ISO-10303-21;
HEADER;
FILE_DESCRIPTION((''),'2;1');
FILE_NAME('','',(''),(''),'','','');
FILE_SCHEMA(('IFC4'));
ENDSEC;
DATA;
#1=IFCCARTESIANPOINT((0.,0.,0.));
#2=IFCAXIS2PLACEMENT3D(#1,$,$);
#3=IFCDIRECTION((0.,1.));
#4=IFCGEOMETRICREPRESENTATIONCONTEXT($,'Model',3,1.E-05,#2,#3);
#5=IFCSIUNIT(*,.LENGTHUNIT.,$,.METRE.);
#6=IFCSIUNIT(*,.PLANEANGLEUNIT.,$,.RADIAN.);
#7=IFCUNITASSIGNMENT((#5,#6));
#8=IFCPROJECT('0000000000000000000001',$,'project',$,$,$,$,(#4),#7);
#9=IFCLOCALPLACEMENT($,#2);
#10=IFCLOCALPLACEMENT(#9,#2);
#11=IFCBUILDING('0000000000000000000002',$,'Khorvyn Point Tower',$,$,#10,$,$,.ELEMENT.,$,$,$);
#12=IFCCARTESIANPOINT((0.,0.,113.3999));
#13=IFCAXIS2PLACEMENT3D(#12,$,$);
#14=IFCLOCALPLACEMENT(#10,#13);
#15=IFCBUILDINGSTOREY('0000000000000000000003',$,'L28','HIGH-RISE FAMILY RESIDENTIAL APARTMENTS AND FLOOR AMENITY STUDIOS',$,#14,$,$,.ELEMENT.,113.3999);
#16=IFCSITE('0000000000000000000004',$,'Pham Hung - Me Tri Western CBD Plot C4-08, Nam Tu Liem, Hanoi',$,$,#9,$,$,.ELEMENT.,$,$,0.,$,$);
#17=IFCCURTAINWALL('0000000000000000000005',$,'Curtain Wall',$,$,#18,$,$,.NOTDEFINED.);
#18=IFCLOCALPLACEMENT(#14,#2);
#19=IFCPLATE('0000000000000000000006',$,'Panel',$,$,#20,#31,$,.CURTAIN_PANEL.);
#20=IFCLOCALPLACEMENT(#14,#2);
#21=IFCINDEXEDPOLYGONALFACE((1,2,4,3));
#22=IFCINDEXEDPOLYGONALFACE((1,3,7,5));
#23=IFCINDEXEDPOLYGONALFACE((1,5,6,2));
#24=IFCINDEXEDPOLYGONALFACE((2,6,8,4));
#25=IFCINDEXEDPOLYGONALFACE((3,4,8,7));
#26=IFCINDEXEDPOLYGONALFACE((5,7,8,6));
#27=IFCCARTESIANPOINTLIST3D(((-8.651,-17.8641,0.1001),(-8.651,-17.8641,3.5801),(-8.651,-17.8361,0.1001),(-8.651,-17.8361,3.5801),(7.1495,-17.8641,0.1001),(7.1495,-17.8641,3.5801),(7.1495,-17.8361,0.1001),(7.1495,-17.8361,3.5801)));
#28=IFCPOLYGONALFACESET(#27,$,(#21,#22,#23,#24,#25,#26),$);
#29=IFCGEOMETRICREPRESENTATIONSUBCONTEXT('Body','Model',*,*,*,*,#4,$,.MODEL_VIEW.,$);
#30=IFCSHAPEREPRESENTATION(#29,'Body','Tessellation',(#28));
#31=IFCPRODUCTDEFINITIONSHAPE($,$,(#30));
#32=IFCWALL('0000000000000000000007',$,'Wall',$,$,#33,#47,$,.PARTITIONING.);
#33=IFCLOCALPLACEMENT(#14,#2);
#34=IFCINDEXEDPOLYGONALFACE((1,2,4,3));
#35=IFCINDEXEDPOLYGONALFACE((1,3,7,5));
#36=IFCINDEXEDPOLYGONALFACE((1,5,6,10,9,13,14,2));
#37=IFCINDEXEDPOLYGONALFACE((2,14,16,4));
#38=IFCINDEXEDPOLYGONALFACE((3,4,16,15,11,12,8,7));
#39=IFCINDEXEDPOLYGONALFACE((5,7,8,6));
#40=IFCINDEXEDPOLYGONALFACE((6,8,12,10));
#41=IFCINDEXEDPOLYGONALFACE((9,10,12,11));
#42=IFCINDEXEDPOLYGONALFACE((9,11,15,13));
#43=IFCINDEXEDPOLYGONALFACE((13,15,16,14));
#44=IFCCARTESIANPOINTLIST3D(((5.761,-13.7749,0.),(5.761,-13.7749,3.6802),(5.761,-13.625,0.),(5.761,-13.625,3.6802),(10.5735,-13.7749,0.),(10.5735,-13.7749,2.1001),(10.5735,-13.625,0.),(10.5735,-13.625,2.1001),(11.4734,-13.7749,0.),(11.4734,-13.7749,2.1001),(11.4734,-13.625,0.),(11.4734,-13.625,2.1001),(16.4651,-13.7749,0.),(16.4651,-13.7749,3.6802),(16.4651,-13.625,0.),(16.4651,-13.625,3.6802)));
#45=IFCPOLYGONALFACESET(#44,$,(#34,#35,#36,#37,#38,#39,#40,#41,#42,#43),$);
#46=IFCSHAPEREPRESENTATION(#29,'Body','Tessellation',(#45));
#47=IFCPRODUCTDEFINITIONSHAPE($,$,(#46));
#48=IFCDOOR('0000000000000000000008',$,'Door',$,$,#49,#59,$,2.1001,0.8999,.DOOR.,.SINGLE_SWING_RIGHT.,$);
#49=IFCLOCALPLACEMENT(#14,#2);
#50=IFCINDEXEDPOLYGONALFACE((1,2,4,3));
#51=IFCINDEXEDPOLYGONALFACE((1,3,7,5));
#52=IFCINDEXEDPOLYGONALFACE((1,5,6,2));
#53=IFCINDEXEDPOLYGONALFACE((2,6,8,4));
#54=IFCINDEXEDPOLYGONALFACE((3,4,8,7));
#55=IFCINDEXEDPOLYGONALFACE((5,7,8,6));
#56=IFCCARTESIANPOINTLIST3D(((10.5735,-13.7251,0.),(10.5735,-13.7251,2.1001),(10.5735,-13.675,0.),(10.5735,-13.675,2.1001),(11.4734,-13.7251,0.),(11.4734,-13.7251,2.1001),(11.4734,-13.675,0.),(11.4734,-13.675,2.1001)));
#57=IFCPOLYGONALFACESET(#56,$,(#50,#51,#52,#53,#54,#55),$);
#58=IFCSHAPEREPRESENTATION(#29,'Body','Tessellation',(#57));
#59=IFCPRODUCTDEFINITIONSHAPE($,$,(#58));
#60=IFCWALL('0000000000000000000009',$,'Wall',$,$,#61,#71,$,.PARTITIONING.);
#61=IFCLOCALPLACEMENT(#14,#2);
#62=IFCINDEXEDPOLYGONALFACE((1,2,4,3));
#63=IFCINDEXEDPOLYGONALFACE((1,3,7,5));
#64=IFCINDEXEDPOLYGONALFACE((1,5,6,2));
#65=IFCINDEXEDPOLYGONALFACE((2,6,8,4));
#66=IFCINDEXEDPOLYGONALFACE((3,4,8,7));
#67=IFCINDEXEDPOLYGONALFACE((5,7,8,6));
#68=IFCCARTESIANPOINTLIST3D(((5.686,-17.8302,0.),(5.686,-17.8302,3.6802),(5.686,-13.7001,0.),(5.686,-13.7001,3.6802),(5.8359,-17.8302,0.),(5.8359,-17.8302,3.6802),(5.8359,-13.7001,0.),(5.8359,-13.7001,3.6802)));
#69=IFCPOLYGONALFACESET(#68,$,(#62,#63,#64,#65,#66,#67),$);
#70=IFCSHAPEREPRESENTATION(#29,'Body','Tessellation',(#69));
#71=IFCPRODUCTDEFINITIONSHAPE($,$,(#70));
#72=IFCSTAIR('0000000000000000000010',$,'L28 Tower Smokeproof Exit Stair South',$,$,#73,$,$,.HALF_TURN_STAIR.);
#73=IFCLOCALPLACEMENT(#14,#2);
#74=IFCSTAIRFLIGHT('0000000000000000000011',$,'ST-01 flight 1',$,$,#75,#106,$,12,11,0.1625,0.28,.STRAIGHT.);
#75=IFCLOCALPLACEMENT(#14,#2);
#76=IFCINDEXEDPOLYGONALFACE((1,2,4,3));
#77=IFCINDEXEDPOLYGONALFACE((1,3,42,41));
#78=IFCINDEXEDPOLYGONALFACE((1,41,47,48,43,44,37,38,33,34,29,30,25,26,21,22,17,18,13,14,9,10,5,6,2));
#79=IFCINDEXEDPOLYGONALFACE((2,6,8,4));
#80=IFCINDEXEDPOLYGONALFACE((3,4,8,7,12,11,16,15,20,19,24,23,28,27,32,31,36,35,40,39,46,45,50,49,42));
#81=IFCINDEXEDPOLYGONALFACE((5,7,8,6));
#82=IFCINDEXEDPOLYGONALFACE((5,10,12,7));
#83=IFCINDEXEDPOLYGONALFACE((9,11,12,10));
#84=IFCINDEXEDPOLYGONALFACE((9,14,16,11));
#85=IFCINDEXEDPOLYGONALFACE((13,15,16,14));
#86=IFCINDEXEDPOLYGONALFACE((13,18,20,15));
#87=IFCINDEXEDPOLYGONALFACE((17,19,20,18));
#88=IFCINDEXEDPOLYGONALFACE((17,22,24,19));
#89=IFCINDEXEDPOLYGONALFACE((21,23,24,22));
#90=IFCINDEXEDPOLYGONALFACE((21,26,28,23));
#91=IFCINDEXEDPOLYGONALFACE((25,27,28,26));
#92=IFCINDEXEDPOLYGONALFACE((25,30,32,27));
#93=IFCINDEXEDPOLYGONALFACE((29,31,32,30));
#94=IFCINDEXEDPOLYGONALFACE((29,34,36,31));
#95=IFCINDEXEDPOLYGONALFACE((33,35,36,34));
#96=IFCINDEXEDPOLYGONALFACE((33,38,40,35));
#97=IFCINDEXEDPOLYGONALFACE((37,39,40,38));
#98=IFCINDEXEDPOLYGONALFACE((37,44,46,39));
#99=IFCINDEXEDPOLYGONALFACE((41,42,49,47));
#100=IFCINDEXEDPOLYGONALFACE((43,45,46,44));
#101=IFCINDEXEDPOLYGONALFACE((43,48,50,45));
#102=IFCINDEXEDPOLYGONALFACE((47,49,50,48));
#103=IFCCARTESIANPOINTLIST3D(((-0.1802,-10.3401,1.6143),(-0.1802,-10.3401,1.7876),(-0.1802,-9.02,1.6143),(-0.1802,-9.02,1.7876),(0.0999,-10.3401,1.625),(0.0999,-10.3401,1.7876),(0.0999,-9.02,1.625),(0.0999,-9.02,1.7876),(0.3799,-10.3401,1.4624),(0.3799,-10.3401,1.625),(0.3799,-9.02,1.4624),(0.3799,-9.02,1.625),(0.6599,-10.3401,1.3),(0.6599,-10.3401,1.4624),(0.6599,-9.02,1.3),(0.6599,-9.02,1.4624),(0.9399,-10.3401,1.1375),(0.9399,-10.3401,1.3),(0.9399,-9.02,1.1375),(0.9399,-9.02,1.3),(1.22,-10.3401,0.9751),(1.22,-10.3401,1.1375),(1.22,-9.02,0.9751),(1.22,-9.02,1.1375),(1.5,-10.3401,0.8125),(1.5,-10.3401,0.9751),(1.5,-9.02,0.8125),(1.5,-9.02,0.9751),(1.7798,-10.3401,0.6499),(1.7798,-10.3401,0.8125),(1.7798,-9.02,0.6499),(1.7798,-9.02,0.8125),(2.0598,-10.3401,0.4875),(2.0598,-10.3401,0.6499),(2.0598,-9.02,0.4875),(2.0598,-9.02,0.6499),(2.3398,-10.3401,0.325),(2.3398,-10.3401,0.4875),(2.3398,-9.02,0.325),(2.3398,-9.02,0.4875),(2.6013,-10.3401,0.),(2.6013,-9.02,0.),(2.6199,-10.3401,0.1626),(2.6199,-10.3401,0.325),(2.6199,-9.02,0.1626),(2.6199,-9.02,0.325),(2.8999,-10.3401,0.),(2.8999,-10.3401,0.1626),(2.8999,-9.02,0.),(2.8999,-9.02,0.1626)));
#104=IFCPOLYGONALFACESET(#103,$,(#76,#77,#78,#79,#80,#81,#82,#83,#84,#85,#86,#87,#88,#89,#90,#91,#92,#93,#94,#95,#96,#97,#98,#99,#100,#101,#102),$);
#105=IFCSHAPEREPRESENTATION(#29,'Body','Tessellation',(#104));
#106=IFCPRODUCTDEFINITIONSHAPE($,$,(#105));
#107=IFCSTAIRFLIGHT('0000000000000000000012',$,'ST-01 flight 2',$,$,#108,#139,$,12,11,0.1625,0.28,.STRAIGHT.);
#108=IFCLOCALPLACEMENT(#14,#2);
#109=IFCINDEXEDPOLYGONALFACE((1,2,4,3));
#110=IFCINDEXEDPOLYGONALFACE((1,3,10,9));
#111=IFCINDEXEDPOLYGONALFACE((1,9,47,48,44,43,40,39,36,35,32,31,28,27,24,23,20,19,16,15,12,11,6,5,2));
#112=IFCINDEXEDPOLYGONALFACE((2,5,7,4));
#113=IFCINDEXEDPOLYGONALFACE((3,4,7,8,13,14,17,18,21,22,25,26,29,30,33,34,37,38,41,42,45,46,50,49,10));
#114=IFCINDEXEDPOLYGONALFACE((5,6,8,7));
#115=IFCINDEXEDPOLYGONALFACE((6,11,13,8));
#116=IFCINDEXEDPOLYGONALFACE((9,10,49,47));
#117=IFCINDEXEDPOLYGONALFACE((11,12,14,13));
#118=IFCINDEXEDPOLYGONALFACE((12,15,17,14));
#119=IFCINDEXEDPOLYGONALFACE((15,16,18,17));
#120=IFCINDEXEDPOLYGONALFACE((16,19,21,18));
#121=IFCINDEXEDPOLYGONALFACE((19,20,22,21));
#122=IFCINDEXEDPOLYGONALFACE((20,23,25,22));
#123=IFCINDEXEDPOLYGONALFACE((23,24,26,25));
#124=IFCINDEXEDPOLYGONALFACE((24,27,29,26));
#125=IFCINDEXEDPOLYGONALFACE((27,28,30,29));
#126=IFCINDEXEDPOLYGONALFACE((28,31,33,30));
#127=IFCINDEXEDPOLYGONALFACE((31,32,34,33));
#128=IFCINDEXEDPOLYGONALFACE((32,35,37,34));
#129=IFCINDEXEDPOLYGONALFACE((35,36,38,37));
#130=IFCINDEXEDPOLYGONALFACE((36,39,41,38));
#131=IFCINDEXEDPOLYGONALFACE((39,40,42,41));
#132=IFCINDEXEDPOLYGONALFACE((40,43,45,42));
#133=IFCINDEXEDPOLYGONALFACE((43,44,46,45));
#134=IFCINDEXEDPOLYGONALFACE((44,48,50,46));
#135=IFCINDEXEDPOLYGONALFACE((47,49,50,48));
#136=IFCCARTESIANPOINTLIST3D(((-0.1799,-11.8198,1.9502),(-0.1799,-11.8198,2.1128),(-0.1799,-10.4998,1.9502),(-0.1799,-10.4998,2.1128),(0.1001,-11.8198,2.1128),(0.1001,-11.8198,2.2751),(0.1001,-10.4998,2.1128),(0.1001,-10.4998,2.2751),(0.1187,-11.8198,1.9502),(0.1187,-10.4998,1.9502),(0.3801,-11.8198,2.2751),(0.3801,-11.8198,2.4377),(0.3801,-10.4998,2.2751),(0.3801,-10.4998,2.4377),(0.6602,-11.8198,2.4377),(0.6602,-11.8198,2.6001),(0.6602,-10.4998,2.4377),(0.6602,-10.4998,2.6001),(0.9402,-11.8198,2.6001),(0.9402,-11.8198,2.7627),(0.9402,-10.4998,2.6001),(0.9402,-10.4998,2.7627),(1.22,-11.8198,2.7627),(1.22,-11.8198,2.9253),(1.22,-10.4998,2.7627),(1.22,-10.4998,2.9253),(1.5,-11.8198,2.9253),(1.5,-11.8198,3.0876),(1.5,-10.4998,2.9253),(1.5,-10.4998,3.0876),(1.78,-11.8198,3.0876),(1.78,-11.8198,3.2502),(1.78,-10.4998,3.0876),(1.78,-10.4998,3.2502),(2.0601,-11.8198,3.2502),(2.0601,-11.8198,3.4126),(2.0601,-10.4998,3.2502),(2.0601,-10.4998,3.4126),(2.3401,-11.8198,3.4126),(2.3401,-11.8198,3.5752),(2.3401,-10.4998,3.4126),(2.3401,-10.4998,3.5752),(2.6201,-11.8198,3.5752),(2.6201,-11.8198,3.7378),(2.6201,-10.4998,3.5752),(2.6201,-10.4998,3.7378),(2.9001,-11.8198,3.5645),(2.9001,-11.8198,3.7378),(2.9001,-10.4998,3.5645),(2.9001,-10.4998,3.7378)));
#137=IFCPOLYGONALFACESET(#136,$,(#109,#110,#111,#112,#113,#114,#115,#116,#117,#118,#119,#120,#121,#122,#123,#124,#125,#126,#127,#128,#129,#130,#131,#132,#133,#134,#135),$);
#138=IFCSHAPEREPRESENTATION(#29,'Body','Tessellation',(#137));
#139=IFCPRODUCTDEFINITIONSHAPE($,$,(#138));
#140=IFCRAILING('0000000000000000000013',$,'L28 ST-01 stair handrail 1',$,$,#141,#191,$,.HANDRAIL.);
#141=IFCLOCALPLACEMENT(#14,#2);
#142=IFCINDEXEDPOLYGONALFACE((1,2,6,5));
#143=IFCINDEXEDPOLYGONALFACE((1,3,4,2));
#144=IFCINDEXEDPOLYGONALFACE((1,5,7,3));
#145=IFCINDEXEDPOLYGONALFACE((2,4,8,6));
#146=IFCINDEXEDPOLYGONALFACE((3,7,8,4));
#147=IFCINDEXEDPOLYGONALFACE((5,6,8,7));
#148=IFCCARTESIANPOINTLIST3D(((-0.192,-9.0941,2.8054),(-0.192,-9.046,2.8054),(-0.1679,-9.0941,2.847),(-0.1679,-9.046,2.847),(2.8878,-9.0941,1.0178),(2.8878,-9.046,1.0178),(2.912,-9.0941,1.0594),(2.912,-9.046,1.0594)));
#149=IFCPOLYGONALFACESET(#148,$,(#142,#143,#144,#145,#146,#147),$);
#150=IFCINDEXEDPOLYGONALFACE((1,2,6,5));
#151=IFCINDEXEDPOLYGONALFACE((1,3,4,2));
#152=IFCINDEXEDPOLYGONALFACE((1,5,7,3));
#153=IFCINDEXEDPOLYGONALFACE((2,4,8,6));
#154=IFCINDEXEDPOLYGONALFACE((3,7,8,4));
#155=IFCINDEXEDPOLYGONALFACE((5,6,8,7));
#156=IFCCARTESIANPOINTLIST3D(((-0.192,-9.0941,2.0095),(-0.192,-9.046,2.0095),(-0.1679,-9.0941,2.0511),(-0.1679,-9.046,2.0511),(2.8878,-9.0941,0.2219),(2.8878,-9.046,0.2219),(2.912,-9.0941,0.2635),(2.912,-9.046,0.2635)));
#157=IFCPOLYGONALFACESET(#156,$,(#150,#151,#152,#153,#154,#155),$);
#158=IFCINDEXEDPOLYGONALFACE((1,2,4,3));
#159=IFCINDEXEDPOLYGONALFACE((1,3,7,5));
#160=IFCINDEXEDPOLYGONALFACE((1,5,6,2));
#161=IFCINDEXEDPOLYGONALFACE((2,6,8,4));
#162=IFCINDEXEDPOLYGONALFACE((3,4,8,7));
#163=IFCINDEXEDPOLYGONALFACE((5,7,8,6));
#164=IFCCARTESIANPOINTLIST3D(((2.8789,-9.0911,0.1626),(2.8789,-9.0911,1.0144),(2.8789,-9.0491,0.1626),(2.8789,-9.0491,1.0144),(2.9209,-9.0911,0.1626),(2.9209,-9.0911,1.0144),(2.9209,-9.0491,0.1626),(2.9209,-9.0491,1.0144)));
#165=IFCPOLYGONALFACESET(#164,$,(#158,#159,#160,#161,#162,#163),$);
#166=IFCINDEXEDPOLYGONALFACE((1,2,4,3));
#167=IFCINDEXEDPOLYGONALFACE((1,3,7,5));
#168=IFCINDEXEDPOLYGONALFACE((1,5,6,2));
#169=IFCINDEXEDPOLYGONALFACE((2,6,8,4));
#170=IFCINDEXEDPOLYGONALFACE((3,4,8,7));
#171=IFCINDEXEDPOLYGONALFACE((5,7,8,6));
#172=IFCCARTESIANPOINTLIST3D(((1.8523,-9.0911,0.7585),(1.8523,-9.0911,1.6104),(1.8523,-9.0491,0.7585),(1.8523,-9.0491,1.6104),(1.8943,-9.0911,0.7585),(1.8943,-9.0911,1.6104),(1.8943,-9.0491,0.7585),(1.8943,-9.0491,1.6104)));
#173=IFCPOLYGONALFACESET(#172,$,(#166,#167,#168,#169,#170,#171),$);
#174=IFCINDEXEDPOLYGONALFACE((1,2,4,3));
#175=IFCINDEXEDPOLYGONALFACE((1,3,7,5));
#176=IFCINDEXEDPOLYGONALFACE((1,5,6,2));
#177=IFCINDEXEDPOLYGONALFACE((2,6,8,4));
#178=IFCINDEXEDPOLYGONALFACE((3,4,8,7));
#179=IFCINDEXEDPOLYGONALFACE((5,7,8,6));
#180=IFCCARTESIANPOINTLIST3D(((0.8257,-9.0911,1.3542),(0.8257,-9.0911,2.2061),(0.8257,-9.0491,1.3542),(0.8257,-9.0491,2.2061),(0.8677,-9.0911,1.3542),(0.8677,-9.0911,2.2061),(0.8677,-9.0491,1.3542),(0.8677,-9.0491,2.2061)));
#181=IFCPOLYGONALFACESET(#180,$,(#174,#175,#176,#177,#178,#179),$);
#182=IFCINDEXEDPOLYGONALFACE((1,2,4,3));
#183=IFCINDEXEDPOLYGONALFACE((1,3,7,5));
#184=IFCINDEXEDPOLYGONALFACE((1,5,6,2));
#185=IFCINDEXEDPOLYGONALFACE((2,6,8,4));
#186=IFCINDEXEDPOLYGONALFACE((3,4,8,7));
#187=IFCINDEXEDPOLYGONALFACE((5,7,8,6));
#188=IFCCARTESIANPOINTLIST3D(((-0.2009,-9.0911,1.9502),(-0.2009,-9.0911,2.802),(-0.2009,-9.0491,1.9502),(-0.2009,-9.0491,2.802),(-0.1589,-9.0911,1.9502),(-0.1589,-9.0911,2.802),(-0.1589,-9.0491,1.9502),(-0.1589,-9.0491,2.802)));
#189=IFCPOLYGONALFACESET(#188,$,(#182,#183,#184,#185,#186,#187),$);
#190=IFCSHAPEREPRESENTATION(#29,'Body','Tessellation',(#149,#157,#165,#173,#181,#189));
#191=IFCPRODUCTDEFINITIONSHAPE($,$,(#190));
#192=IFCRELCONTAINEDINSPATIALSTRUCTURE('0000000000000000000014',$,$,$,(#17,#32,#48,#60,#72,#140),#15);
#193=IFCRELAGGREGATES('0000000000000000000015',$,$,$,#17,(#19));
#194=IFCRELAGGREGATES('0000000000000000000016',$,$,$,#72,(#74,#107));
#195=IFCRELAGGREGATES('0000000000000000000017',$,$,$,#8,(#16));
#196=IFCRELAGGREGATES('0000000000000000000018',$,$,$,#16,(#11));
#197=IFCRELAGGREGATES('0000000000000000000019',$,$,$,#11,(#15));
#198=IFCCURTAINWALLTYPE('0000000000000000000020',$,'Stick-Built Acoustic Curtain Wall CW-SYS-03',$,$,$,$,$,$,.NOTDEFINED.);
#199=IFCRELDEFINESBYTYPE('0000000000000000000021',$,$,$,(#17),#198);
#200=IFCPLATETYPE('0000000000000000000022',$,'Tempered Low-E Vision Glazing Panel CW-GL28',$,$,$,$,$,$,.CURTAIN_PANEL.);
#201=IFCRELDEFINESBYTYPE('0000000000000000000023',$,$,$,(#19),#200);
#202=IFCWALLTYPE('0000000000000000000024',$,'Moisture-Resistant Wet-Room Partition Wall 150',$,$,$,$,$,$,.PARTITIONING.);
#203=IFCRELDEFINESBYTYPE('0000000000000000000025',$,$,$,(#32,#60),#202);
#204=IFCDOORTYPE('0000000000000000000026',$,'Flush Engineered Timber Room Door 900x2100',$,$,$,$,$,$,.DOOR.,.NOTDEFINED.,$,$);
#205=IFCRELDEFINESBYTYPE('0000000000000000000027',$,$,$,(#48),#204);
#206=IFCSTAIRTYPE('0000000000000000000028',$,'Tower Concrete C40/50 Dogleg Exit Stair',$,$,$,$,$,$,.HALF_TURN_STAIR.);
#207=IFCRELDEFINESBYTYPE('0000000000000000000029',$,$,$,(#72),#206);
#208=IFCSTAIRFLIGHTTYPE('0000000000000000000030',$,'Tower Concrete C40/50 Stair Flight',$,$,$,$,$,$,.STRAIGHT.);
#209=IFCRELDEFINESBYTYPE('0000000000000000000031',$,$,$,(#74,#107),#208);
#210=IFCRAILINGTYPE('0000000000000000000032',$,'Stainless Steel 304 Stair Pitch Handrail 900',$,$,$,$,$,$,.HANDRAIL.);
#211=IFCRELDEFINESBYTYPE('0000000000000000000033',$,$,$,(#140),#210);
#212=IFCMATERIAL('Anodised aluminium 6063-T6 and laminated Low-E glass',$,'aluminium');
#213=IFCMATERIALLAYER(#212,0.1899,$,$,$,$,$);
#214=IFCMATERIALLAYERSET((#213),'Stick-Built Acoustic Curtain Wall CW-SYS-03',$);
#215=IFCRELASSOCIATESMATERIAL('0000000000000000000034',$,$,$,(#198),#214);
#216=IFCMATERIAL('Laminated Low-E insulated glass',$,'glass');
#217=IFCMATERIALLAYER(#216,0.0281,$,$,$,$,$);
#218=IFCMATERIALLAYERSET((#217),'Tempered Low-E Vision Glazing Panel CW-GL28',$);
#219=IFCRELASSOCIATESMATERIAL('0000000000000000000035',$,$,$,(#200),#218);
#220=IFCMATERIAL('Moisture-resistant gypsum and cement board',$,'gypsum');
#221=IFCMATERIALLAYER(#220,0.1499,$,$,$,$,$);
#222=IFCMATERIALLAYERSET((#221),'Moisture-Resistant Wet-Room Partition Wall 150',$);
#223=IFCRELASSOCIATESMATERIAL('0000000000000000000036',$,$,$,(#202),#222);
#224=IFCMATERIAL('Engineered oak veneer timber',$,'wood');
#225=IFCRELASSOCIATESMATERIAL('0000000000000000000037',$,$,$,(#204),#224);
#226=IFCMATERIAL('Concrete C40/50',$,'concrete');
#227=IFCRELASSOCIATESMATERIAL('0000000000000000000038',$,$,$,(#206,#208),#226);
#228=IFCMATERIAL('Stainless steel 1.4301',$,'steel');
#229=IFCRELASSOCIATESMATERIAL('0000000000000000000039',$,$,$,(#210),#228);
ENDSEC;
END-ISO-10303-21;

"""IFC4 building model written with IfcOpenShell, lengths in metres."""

from ifc_helpers import new_model, si_unit, direction, frame, frame_2d, origin, origin_2d, place, context, subcontext, project, spatial, polyline, rectangle, outline, extrude, material, layer, layer_set, type_object, element, fill, aggregate, save


model = new_model("IFC4")

# Units and contexts
model_context = context("Model", 3, precision=1e-05, world=origin(), true_north=direction((0.0, 1.0)))
body_context = subcontext(model_context, "Body", "Model", "MODEL_VIEW")
ifc_project = project(units=[si_unit("LENGTHUNIT", "METRE"), si_unit("PLANEANGLEUNIT", "RADIAN")], contexts=[model_context])

# Site, building, storey
site_placement = place(None, origin())
site = spatial("IfcSite", under=ifc_project, at=site_placement, Name="Pham Hung - Me Tri Western CBD Plot C4-08, Nam Tu Liem, Hanoi", CompositionType="ELEMENT", RefElevation=0.0)
building_placement = place(site_placement, origin())
building = spatial("IfcBuilding", under=site, at=building_placement, Name="Khorvyn Point Tower", CompositionType="ELEMENT")
storey_placement = place(building_placement, frame((0.0, 0.0, 113.3999)))
storey = spatial("IfcBuildingStorey", under=building, at=storey_placement, Name="L28", Description="HIGH-RISE FAMILY RESIDENTIAL APARTMENTS AND FLOOR AMENITY STUDIOS", CompositionType="ELEMENT", Elevation=113.3999)

# Curtain wall
ifc_material_1 = material(Name="Anodised aluminium 6063-T6 and laminated Low-E glass", Category="aluminium")
ifc_layer_1 = layer(ifc_material_1, 0.1899)
ifc_layer_set_1 = layer_set([ifc_layer_1], Name="Stick-Built Acoustic Curtain Wall CW-SYS-03")
curtain_wall_type = type_object("IfcCurtainWallType", Name="Stick-Built Acoustic Curtain Wall CW-SYS-03", PredefinedType="NOTDEFINED", material=ifc_layer_set_1)
curtain_wall_placement = place(storey_placement, origin())
curtain_wall = element("IfcCurtainWall", 1, at=curtain_wall_placement, inside=storey, type_object=curtain_wall_type, Name="Curtain Wall", PredefinedType="NOTDEFINED")

# Plate
ifc_material_2 = material(Name="Laminated Low-E insulated glass", Category="glass")
ifc_layer_2 = layer(ifc_material_2, 0.0281)
ifc_layer_set_2 = layer_set([ifc_layer_2], Name="Tempered Low-E Vision Glazing Panel CW-GL28")
plate_type = type_object("IfcPlateType", Name="Tempered Low-E Vision Glazing Panel CW-GL28", PredefinedType="CURTAIN_PANEL", material=ifc_layer_set_2)
plate_placement = place(storey_placement, frame((-0.7507, -17.8501, 0.1001), z_axis=(0.0, 0.0, 1.0), x_axis=(-1.0, 0.0, 0.0)))
plate = element("IfcPlate", 2, at=plate_placement, type_object=plate_type, Name="Panel", PredefinedType="CURTAIN_PANEL", context=body_context, shape_type="SweptSolid", body=[
    extrude(rectangle(XDim=15.8005, YDim=0.0281, at=origin_2d()), origin(), (0.0, 0.0, 1.0), 3.48),
])
aggregate(curtain_wall, [plate])

# Wall, opening, door
ifc_material_3 = material(Name="Concrete C40/50", Category="concrete")
ifc_material_4 = material(Name="Moisture-resistant gypsum and cement board", Category="gypsum")
ifc_layer_3 = layer(ifc_material_4, 0.1499)
ifc_layer_set_3 = layer_set([ifc_layer_3], Name="Moisture-Resistant Wet-Room Partition Wall 150")
wall_type_1 = type_object("IfcWallType", Name="Moisture-Resistant Wet-Room Partition Wall 150", PredefinedType="PARTITIONING", material=ifc_layer_set_3)
wall_1_placement = place(storey_placement, frame((5.761, -13.7, 0.0), z_axis=(0.0, 0.0, 1.0), x_axis=(1.0, 0.0, 0.0)))
wall_1 = element("IfcWall", 3, at=wall_1_placement, inside=storey, type_object=wall_type_1, Name="Wall", PredefinedType="PARTITIONING", context=body_context, shape_type="SweptSolid", body=[
    extrude(rectangle(XDim=10.7041, YDim=0.1499, at=frame_2d((5.3521, 0.0))), origin(), (0.0, 0.0, 1.0), 3.6802),
])
opening_1_placement = place(wall_1_placement, frame((4.8125, 0.0, 0.0)))
opening_1 = element("IfcOpeningElement", 4, at=opening_1_placement, cuts=wall_1, PredefinedType="OPENING", context=body_context, shape_type="SweptSolid", body=[
    extrude(rectangle(XDim=0.8999, YDim=2.1001, at=frame_2d((0.45, 1.05))), frame((0.0, 0.085, 0.0), z_axis=(0.0, -1.0, 0.0), x_axis=(1.0, 0.0, 0.0)), (0.0, 0.0, 1.0), 0.1699),
])
ifc_material_5 = material(Name="Engineered oak veneer timber", Category="wood")
door_type_1 = type_object("IfcDoorType", Name="Flush Engineered Timber Room Door 900x2100", OperationType="NOTDEFINED", PredefinedType="DOOR", material=ifc_material_5)
door_1_placement = place(opening_1_placement, origin())
door_1 = element("IfcDoor", 5, at=door_1_placement, inside=storey, type_object=door_type_1, Name="Door", OperationType="SINGLE_SWING_RIGHT", OverallHeight=2.1001, OverallWidth=0.8999, PredefinedType="DOOR", context=body_context, shape_type="SweptSolid", body=[
    extrude(rectangle(XDim=0.8999, YDim=2.1001, at=frame_2d((0.45, 1.05))), frame((0.0, 0.0249, 0.0), z_axis=(0.0, -1.0, 0.0), x_axis=(1.0, 0.0, 0.0)), (0.0, 0.0, 1.0), 0.05),
])
fill(opening_1, door_1)

# Wall
wall_2_placement = place(storey_placement, frame((5.761, -17.8301, 0.0), z_axis=(0.0, 0.0, 1.0), x_axis=(0.0, 1.0, 0.0)))
element("IfcWall", 6, at=wall_2_placement, inside=storey, type_object=wall_type_1, Name="Wall", PredefinedType="PARTITIONING", context=body_context, shape_type="SweptSolid", body=[
    extrude(rectangle(XDim=4.1301, YDim=0.1499, at=frame_2d((2.0649, 0.0))), origin(), (0.0, 0.0, 1.0), 3.6802),
])

# Stair, stair flights
stair_type = type_object("IfcStairType", Name="Tower Concrete C40/50 Dogleg Exit Stair", PredefinedType="HALF_TURN_STAIR", material=ifc_material_3)
stair_placement = place(storey_placement, origin())
stair = element("IfcStair", 7, at=stair_placement, inside=storey, type_object=stair_type, Name="L28 Tower Smokeproof Exit Stair South", PredefinedType="HALF_TURN_STAIR")
stair_flight_type = type_object("IfcStairFlightType", Name="Tower Concrete C40/50 Stair Flight", PredefinedType="STRAIGHT", material=ifc_material_3)
stair_flight_1_placement = place(storey_placement, frame((2.8999, -9.6799, 0.0), z_axis=(0.0, 0.0, 1.0), x_axis=(-1.0, 0.0, 0.0)))
stair_flight_1 = element("IfcStairFlight", 8, at=stair_flight_1_placement, type_object=stair_flight_type, Name="ST-01 flight 1", NumberOfRisers=12, NumberOfTreads=11, PredefinedType="STRAIGHT", RiserHeight=0.1625, TreadLength=0.28, context=body_context, shape_type="SweptSolid", body=[
    extrude(outline(polyline([(0.0, 0.0), (0.0, 0.1626), (0.28, 0.1626), (0.28, 0.325), (0.5601, 0.325), (0.5601, 0.4875), (0.8401, 0.4875), (0.8401, 0.6499), (1.1201, 0.6499), (1.1201, 0.8125), (1.3999, 0.8125), (1.3999, 0.9751), (1.6799, 0.9751), (1.6799, 1.1375), (1.96, 1.1375), (1.96, 1.3), (2.24, 1.3), (2.24, 1.4624), (2.52, 1.4624), (2.52, 1.625), (2.8, 1.625), (2.8, 1.7876), (3.0801, 1.7876), (3.0801, 1.95), (3.0801, 1.6143), (0.2986, 0.0), (0.0, 0.0)])), frame((0.0, 0.6602, 0.0), z_axis=(0.0, -1.0, 0.0), x_axis=(1.0, 0.0, 0.0)), (0.0, 0.0, 1.0), 1.3201),
])
stair_flight_2_placement = place(storey_placement, frame((-0.1799, -11.1599, 1.9502), z_axis=(0.0, 0.0, 1.0), x_axis=(1.0, 0.0, 0.0)))
stair_flight_2 = element("IfcStairFlight", 9, at=stair_flight_2_placement, type_object=stair_flight_type, Name="ST-01 flight 2", NumberOfRisers=12, NumberOfTreads=11, PredefinedType="STRAIGHT", RiserHeight=0.1625, TreadLength=0.28, context=body_context, shape_type="SweptSolid", body=[
    extrude(outline(polyline([(0.0, 0.0), (0.0, 0.1626), (0.28, 0.1626), (0.28, 0.325), (0.5601, 0.325), (0.5601, 0.4875), (0.8401, 0.4875), (0.8401, 0.6499), (1.1201, 0.6499), (1.1201, 0.8125), (1.3999, 0.8125), (1.3999, 0.9751), (1.6799, 0.9751), (1.6799, 1.1375), (1.96, 1.1375), (1.96, 1.3), (2.24, 1.3), (2.24, 1.4624), (2.52, 1.4624), (2.52, 1.625), (2.8, 1.625), (2.8, 1.7876), (3.0801, 1.7876), (3.0801, 1.95), (3.0801, 1.6143), (0.2986, 0.0), (0.0, 0.0)])), frame((0.0, 0.6602, 0.0), z_axis=(0.0, -1.0, 0.0), x_axis=(1.0, 0.0, 0.0)), (0.0, 0.0, 1.0), 1.3201),
])
aggregate(stair, [stair_flight_1, stair_flight_2])

# Railing
ifc_material_6 = material(Name="Stainless steel 1.4301", Category="steel")
railing_type_1 = type_object("IfcRailingType", Name="Stainless Steel 304 Stair Pitch Handrail 900", PredefinedType="HANDRAIL", material=ifc_material_6)
railing_1_placement = place(storey_placement, frame((2.8999, -9.0701, 0.1626)))
element("IfcRailing", 10, at=railing_1_placement, inside=storey, type_object=railing_type_1, Name="L28 ST-01 stair handrail 1", PredefinedType="HANDRAIL", context=body_context, shape_type="SweptSolid", body=[
    extrude(rectangle(XDim=0.0481, YDim=0.0481, at=origin_2d()), frame((0.0, 0.0, 0.876), z_axis=(-0.864873, 0.0, 0.50199), x_axis=(0.0, -1.0, 0.0)), (0.0, 0.0, 1.0), 3.561),
    extrude(rectangle(XDim=0.0481, YDim=0.0481, at=origin_2d()), frame((0.0, 0.0, 0.0801), z_axis=(-0.864873, 0.0, 0.50199), x_axis=(0.0, -1.0, 0.0)), (0.0, 0.0, 1.0), 3.561),
    extrude(rectangle(XDim=0.042, YDim=0.042, at=origin_2d()), origin(), (0.0, 0.0, 1.0), 0.8518),
    extrude(rectangle(XDim=0.042, YDim=0.042, at=origin_2d()), frame((-1.0266, 0.0, 0.5959)), (0.0, 0.0, 1.0), 0.8518),
    extrude(rectangle(XDim=0.042, YDim=0.042, at=origin_2d()), frame((-2.0532, 0.0, 1.1917)), (0.0, 0.0, 1.0), 0.8518),
    extrude(rectangle(XDim=0.042, YDim=0.042, at=origin_2d()), frame((-3.0798, 0.0, 1.7876)), (0.0, 0.0, 1.0), 0.8518),
])

save(model, "model.ifc")
